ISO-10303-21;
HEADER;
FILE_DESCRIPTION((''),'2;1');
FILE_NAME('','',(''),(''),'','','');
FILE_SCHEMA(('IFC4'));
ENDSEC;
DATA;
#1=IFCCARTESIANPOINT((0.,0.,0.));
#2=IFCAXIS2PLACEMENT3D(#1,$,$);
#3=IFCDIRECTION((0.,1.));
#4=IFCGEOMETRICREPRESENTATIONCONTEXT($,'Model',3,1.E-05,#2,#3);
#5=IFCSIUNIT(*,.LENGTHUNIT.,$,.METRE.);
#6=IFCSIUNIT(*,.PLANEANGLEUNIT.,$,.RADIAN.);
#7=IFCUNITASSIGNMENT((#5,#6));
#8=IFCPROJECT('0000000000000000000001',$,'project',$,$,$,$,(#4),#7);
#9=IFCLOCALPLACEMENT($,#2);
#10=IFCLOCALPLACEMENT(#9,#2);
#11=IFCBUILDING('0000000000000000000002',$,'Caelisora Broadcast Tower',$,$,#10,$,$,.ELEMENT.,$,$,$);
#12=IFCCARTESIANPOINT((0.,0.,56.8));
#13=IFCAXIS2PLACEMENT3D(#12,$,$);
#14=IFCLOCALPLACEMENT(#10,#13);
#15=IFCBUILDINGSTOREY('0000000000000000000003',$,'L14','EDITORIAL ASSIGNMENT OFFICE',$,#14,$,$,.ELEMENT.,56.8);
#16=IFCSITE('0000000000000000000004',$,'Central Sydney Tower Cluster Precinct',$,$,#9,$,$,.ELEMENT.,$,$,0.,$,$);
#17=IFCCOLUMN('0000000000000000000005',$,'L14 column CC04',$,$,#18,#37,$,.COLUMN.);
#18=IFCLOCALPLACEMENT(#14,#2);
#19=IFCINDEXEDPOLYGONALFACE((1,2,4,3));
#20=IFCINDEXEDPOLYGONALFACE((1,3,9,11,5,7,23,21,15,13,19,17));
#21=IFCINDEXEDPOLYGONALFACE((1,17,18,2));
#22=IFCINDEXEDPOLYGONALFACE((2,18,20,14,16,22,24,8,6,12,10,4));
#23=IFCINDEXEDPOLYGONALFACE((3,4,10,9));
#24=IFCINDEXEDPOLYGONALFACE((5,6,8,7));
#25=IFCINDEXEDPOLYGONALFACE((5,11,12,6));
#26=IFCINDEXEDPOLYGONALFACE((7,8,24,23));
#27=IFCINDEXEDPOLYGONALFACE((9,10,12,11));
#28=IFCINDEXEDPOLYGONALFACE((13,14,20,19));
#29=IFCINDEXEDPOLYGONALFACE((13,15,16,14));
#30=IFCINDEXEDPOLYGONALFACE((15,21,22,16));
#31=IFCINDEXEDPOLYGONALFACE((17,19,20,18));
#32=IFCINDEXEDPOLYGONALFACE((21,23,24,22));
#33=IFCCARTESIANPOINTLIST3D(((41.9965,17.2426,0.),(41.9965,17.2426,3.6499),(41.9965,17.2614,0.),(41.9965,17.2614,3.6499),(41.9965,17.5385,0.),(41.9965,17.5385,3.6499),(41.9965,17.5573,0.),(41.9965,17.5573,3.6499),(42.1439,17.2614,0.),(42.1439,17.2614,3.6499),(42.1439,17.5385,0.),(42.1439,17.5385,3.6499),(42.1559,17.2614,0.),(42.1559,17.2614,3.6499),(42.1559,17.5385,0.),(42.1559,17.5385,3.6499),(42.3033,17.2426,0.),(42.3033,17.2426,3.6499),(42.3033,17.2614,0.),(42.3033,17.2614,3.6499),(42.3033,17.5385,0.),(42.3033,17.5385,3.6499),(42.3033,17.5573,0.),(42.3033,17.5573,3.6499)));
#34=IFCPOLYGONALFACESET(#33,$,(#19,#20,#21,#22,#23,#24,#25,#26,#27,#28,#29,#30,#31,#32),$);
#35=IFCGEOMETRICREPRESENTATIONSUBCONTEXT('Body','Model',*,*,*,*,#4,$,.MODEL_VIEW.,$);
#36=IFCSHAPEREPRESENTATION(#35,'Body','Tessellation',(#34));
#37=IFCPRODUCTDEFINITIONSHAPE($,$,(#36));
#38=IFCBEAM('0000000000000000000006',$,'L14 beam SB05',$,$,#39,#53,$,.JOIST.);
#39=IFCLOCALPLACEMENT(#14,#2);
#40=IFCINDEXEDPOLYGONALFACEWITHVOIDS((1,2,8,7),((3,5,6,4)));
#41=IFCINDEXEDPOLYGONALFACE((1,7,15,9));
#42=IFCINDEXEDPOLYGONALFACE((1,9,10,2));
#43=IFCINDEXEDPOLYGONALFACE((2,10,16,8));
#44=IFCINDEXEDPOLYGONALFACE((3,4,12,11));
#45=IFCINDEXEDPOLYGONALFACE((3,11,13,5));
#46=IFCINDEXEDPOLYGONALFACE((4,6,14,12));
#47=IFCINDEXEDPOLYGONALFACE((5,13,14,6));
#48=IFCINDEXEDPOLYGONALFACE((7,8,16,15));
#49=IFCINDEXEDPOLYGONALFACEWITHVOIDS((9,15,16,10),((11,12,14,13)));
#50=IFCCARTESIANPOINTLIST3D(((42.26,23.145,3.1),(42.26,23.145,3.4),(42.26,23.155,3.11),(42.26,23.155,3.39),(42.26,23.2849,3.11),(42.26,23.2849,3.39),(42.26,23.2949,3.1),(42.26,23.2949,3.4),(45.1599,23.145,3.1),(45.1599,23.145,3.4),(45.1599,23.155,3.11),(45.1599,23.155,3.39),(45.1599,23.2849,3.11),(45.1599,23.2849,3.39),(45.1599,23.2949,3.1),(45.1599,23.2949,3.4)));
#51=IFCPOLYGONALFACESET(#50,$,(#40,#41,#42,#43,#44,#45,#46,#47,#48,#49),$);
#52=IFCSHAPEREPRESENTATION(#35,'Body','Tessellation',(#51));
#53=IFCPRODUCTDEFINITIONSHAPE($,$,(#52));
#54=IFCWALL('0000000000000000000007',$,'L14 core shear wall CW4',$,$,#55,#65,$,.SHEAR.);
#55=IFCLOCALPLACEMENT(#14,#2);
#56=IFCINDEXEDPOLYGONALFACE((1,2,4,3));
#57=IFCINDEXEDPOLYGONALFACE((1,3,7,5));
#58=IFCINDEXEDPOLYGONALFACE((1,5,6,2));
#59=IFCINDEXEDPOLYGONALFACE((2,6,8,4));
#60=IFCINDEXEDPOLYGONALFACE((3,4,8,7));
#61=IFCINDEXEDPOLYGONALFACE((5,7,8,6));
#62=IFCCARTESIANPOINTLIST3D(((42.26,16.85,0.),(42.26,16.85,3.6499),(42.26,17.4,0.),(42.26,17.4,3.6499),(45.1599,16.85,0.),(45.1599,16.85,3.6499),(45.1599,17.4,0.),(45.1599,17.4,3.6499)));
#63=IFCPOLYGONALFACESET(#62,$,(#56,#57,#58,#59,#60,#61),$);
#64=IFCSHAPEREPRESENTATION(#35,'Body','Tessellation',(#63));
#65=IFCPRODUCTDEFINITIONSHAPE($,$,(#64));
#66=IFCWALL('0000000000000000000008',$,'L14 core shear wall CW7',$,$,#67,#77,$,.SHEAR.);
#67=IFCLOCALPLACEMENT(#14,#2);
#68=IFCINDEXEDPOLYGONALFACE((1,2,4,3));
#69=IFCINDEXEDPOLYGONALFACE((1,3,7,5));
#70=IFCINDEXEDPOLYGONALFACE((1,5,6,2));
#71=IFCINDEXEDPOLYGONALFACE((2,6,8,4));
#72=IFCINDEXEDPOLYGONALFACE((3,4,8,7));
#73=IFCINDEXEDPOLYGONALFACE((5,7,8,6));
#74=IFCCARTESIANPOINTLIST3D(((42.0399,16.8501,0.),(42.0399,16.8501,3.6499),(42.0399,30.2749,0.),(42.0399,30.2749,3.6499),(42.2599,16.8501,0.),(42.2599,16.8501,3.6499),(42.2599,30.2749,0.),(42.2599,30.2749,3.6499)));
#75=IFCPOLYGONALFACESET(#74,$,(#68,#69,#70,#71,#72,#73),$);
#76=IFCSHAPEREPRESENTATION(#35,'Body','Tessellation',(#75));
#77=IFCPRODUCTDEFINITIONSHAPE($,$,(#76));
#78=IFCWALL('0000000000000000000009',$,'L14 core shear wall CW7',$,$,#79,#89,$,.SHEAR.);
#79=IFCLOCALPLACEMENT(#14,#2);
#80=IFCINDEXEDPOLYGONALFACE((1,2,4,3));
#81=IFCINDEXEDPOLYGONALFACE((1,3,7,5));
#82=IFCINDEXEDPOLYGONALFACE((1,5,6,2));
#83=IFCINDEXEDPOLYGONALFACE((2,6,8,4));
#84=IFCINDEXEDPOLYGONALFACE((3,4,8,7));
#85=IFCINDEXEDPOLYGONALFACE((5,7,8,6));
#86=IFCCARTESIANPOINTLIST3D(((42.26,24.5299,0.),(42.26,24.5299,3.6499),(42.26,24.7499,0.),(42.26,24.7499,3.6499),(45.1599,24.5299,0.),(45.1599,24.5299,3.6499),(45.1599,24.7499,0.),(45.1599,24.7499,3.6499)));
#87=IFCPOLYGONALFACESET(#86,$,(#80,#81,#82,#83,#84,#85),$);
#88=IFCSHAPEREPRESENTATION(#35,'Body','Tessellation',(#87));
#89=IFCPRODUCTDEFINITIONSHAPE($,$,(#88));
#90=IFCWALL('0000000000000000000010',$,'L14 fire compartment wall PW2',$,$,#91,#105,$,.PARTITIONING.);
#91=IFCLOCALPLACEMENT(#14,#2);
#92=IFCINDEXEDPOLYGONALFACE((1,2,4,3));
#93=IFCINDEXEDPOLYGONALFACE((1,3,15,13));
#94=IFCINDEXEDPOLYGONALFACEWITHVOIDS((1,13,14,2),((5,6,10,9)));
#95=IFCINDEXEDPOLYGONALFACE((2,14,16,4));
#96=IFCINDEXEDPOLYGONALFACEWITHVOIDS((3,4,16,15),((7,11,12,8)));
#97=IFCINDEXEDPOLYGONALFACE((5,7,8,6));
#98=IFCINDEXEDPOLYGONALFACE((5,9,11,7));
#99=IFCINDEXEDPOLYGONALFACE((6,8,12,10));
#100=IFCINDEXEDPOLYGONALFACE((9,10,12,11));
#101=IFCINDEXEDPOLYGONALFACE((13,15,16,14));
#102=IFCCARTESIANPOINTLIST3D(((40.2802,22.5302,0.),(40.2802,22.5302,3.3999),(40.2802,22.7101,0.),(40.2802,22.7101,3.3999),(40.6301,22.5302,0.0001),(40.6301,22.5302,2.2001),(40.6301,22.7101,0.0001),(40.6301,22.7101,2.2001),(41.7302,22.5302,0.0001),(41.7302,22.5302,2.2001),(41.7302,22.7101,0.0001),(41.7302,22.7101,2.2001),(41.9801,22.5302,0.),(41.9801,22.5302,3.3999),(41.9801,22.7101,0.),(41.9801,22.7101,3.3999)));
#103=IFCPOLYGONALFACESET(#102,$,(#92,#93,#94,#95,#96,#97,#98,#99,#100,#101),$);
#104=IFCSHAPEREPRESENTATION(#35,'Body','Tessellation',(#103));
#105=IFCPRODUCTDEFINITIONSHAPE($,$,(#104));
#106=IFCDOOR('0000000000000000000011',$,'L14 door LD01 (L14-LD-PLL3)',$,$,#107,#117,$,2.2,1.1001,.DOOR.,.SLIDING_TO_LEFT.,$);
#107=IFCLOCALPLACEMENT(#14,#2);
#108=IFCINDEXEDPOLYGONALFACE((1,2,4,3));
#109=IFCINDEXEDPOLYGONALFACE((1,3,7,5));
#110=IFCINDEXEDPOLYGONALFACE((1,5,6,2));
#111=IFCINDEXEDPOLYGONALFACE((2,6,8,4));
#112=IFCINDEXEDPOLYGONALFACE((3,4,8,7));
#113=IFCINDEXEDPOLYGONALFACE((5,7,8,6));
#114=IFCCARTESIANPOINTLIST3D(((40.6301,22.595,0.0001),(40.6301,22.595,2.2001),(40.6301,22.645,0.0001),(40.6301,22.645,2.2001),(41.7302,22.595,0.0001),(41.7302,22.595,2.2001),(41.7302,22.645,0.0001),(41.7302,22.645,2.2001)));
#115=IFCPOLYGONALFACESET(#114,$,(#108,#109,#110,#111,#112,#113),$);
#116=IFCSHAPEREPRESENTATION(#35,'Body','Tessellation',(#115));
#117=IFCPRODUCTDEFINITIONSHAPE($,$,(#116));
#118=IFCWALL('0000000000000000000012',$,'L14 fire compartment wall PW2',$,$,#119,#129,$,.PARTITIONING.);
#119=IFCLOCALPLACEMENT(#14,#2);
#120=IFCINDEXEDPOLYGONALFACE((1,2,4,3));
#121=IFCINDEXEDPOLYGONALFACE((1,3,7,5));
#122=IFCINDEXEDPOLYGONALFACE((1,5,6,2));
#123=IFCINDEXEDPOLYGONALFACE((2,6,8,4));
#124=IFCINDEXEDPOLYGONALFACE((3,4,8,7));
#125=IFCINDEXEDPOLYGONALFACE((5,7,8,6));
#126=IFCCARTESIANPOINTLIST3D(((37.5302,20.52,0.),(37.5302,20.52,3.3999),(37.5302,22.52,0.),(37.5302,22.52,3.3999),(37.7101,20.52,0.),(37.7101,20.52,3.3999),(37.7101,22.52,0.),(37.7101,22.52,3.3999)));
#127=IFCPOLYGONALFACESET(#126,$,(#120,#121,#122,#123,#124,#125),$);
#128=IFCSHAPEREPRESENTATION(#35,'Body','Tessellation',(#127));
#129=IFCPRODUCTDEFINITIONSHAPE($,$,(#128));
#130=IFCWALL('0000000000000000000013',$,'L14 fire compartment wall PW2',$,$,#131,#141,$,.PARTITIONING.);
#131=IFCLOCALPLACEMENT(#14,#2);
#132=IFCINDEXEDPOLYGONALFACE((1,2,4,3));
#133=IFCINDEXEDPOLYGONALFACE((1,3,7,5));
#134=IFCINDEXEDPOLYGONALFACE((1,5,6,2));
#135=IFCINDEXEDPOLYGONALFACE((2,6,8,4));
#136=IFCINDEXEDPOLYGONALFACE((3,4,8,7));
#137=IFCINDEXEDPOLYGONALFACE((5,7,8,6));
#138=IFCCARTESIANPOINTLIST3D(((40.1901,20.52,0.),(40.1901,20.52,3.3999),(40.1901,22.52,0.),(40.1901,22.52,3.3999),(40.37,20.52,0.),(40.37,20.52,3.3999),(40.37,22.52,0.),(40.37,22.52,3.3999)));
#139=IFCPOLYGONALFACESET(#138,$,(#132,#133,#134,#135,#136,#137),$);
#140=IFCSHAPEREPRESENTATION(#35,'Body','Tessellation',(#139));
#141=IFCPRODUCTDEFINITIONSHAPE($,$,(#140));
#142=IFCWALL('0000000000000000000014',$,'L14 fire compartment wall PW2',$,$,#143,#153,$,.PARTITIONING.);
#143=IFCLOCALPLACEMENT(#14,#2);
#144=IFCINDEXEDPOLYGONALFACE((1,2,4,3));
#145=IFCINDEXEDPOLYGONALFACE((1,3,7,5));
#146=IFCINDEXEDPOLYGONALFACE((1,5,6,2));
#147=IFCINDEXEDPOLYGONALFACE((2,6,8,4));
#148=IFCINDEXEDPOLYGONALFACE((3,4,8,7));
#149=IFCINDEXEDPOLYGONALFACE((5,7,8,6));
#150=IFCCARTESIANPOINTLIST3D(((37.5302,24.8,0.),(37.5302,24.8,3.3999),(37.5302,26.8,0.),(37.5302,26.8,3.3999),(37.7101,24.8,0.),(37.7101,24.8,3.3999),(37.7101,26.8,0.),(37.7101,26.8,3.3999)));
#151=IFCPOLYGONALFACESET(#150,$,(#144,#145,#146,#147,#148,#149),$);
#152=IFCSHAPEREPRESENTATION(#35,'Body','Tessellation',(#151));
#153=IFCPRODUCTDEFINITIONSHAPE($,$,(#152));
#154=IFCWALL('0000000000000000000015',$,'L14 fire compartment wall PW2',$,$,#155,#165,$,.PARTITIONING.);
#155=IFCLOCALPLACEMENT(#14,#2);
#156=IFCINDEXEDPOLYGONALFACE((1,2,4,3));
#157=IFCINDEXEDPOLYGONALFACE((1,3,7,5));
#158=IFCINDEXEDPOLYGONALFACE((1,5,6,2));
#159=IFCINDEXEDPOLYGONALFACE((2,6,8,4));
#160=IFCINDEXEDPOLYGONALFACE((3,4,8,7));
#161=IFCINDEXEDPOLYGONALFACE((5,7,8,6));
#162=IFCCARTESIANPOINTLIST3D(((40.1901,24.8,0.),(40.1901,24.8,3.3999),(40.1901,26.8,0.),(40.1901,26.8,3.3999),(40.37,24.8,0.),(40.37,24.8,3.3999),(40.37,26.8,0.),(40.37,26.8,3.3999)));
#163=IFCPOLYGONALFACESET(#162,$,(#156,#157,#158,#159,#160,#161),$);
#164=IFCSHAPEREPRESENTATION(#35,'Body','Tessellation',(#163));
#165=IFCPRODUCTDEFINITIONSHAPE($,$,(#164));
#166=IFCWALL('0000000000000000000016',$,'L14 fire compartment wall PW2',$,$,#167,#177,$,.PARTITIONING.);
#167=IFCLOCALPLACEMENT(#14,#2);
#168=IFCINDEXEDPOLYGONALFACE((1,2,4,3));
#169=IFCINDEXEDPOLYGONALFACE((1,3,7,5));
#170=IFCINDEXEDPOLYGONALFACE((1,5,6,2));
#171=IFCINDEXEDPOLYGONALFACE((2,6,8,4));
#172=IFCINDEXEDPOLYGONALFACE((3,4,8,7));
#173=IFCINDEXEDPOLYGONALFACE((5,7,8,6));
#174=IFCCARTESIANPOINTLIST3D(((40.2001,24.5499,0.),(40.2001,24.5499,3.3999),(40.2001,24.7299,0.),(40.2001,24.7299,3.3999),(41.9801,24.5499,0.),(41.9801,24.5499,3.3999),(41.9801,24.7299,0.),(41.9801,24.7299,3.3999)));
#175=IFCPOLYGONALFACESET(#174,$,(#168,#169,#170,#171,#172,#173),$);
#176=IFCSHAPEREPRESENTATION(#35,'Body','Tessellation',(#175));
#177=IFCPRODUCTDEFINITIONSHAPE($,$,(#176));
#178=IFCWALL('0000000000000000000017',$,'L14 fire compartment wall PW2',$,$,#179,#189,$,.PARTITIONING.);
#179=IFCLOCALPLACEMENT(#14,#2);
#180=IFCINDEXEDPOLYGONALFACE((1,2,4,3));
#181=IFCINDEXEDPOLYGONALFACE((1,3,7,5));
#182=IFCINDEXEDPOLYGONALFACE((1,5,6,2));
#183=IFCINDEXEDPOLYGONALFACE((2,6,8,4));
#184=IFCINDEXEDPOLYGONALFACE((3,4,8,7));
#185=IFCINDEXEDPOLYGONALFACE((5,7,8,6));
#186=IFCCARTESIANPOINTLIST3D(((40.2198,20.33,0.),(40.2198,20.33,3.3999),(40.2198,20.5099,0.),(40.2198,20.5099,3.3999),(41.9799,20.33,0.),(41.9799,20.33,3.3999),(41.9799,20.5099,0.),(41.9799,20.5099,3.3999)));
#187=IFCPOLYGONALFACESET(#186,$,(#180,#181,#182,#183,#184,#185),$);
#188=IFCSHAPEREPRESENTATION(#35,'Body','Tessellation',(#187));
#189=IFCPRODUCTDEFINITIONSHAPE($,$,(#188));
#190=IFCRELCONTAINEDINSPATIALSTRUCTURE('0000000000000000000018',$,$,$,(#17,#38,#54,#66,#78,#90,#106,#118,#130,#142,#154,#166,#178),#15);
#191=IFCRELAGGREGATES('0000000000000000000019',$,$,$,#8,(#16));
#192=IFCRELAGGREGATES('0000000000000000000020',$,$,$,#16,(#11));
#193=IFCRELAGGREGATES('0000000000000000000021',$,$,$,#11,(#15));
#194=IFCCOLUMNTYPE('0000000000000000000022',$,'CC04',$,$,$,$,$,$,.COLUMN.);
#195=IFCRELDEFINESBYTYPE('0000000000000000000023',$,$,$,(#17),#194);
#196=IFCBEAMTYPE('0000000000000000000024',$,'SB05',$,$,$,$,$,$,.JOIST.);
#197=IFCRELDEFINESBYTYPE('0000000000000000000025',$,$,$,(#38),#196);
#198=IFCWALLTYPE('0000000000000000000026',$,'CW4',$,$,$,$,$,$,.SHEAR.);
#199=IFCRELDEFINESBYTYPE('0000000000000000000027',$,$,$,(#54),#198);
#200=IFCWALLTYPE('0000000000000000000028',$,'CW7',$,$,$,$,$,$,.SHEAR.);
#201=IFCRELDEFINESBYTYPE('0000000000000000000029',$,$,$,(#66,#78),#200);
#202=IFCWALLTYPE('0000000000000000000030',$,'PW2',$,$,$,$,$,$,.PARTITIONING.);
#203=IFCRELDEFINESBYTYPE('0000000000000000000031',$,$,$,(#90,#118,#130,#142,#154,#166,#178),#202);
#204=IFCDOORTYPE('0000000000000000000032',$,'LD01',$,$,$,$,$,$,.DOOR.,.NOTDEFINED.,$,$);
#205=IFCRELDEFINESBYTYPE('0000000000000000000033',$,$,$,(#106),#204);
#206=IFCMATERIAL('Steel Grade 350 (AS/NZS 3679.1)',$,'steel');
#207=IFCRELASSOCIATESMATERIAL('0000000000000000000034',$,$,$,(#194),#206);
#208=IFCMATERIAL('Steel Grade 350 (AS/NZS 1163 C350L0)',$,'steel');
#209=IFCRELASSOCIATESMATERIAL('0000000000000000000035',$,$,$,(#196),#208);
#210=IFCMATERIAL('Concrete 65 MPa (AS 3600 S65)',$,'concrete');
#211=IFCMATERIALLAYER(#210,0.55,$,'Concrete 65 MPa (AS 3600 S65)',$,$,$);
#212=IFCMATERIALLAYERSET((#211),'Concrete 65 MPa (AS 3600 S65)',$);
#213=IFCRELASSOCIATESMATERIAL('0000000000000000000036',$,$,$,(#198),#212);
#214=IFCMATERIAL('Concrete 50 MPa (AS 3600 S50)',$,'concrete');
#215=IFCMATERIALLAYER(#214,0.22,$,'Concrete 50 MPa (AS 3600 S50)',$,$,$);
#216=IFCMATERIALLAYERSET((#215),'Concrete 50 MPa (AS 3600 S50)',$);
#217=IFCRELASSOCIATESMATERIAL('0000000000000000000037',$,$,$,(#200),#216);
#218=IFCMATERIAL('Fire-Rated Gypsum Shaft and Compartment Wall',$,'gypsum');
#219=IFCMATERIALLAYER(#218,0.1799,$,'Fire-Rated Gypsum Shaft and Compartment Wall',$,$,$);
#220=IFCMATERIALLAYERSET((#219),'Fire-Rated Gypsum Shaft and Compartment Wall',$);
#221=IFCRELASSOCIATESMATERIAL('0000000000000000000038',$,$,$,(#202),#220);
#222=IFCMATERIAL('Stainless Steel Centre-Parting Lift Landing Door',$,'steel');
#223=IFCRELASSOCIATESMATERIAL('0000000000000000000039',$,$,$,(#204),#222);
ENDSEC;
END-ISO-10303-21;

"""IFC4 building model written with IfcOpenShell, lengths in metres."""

from ifc_helpers import new_model, si_unit, direction, frame, frame_2d, origin, origin_2d, place, context, subcontext, project, spatial, rectangle, hollow_rectangle, i_section, extrude, source, transform, mapped, material, layer, layer_set, material_profile, profile_set, type_object, type_shapes, element, fill, save


model = new_model("IFC4")

# Units and contexts
model_context = context("Model", 3, precision=1e-05, world=origin(), true_north=direction((0.0, 1.0)))
body_context = subcontext(model_context, "Body", "Model", "MODEL_VIEW")
ifc_project = project(units=[si_unit("LENGTHUNIT", "METRE"), si_unit("PLANEANGLEUNIT", "RADIAN")], contexts=[model_context])

# Site, building, storey
site_placement = place(None, origin())
site = spatial("IfcSite", under=ifc_project, at=site_placement, Name="Central Sydney Tower Cluster Precinct", CompositionType="ELEMENT", RefElevation=0.0)
building_placement = place(site_placement, origin())
building = spatial("IfcBuilding", under=site, at=building_placement, Name="Caelisora Broadcast Tower", CompositionType="ELEMENT")
storey_placement = place(building_placement, frame((0.0, 0.0, 56.8)))
storey = spatial("IfcBuildingStorey", under=building, at=storey_placement, Name="L14", Description="EDITORIAL ASSIGNMENT OFFICE", CompositionType="ELEMENT", Elevation=56.8)

# Column
ifc_material_1 = material(Name="Steel Grade 350 (AS/NZS 3679.1)", Category="steel")
ifc_material_profile_1 = material_profile(ifc_material_1, i_section(OverallWidth=0.3069, OverallDepth=0.3147, WebThickness=0.012, FlangeThickness=0.0188, at=origin_2d()), Name="Steel Grade 350 (AS/NZS 3679.1)")
ifc_profile_set_1 = profile_set([ifc_material_profile_1], Name="Steel Grade 350 (AS/NZS 3679.1)")
column_type = type_object("IfcColumnType", Name="CC04", PredefinedType="COLUMN", material=ifc_profile_set_1)
shared_shape_1 = source(origin(), body_context, "Body", "SweptSolid", [
    extrude(i_section(OverallWidth=0.3069, OverallDepth=0.3147, WebThickness=0.012, FlangeThickness=0.0188, at=origin_2d()), origin(), (0.0, 0.0, 1.0), 3.6499),
])
type_shapes(column_type, [shared_shape_1])
column_placement = place(storey_placement, frame((42.1499, 17.3999, 0.0), z_axis=(0.0, 0.0, 1.0), x_axis=(1.0, 0.0, 0.0)))
element("IfcColumn", 1, at=column_placement, inside=storey, type_object=column_type, Name="L14 column CC04", PredefinedType="COLUMN", context=body_context, shape_type="MappedRepresentation", body=[
    mapped(shared_shape_1, transform((0.0, 0.0, 0.0), scale=1.0)),
])

# Beam
ifc_material_2 = material(Name="Steel Grade 350 (AS/NZS 1163 C350L0)", Category="steel")
ifc_material_profile_2 = material_profile(ifc_material_2, hollow_rectangle(XDim=0.1499, YDim=0.3, WallThickness=0.01, at=origin_2d()), Name="Steel Grade 350 (AS/NZS 1163 C350L0)")
ifc_profile_set_2 = profile_set([ifc_material_profile_2], Name="Steel Grade 350 (AS/NZS 1163 C350L0)")
beam_type = type_object("IfcBeamType", Name="SB05", PredefinedType="JOIST", material=ifc_profile_set_2)
shared_shape_2 = source(origin(), body_context, "Body", "SweptSolid", [
    extrude(hollow_rectangle(XDim=0.1499, YDim=0.3, WallThickness=0.01, at=origin_2d()), origin(), (0.0, 0.0, 1.0), 2.8999),
])
type_shapes(beam_type, [shared_shape_2])
beam_placement = place(storey_placement, frame((42.26, 23.22, 3.25), z_axis=(1.0, 0.0, 0.0), x_axis=(0.0, 1.0, 0.0)))
element("IfcBeam", 2, at=beam_placement, inside=storey, type_object=beam_type, Name="L14 beam SB05", PredefinedType="JOIST", context=body_context, shape_type="MappedRepresentation", body=[
    mapped(shared_shape_2, transform((0.0, 0.0, 0.0), scale=1.0)),
])

# Walls
ifc_material_3 = material(Name="Concrete 65 MPa (AS 3600 S65)", Category="concrete")
ifc_layer_1 = layer(ifc_material_3, 0.55, Name="Concrete 65 MPa (AS 3600 S65)")
ifc_layer_set_1 = layer_set([ifc_layer_1], Name="Concrete 65 MPa (AS 3600 S65)")
wall_type_1 = type_object("IfcWallType", Name="CW4", PredefinedType="SHEAR", material=ifc_layer_set_1)
wall_1_placement = place(storey_placement, frame((42.26, 17.125, 0.0), z_axis=(0.0, 0.0, 1.0), x_axis=(1.0, 0.0, 0.0)))
element("IfcWall", 3, at=wall_1_placement, inside=storey, type_object=wall_type_1, Name="L14 core shear wall CW4", PredefinedType="SHEAR", context=body_context, shape_type="SweptSolid", body=[
    extrude(rectangle(XDim=2.8999, YDim=0.55, at=frame_2d((1.45, 0.0))), origin(), (0.0, 0.0, 1.0), 3.6499),
])
ifc_material_4 = material(Name="Concrete 50 MPa (AS 3600 S50)", Category="concrete")
ifc_layer_2 = layer(ifc_material_4, 0.22, Name="Concrete 50 MPa (AS 3600 S50)")
ifc_layer_set_2 = layer_set([ifc_layer_2], Name="Concrete 50 MPa (AS 3600 S50)")
wall_type_2 = type_object("IfcWallType", Name="CW7", PredefinedType="SHEAR", material=ifc_layer_set_2)
wall_2_placement = place(storey_placement, frame((42.1499, 16.8501, 0.0), z_axis=(0.0, 0.0, 1.0), x_axis=(0.0, 1.0, 0.0)))
element("IfcWall", 4, at=wall_2_placement, inside=storey, type_object=wall_type_2, Name="L14 core shear wall CW7", PredefinedType="SHEAR", context=body_context, shape_type="SweptSolid", body=[
    extrude(rectangle(XDim=13.4248, YDim=0.22, at=frame_2d((6.7124, 0.0))), origin(), (0.0, 0.0, 1.0), 3.6499),
])
wall_3_placement = place(storey_placement, frame((42.26, 24.6399, 0.0), z_axis=(0.0, 0.0, 1.0), x_axis=(1.0, 0.0, 0.0)))
element("IfcWall", 5, at=wall_3_placement, inside=storey, type_object=wall_type_2, Name="L14 core shear wall CW7", PredefinedType="SHEAR", context=body_context, shape_type="SweptSolid", body=[
    extrude(rectangle(XDim=2.8999, YDim=0.22, at=frame_2d((1.45, 0.0))), origin(), (0.0, 0.0, 1.0), 3.6499),
])

# Wall, opening, door
ifc_material_5 = material(Name="Fire-Rated Gypsum Shaft and Compartment Wall", Category="gypsum")
ifc_layer_3 = layer(ifc_material_5, 0.1799, Name="Fire-Rated Gypsum Shaft and Compartment Wall")
ifc_layer_set_3 = layer_set([ifc_layer_3], Name="Fire-Rated Gypsum Shaft and Compartment Wall")
wall_type_3 = type_object("IfcWallType", Name="PW2", PredefinedType="PARTITIONING", material=ifc_layer_set_3)
wall_4_placement = place(storey_placement, frame((40.28, 22.6201, 0.0), z_axis=(0.0, 0.0, 1.0), x_axis=(1.0, 0.0, 0.0)))
wall_4 = element("IfcWall", 6, at=wall_4_placement, inside=storey, type_object=wall_type_3, Name="L14 fire compartment wall PW2", PredefinedType="PARTITIONING", context=body_context, shape_type="SweptSolid", body=[
    extrude(rectangle(XDim=1.7, YDim=0.1799, at=frame_2d((0.8501, 0.0))), origin(), (0.0, 0.0, 1.0), 3.3999),
])
opening_1_placement = place(wall_4_placement, frame((0.3501, 0.0, 0.0)))
opening_1 = element("IfcOpeningElement", 7, at=opening_1_placement, cuts=wall_4, PredefinedType="OPENING", context=body_context, shape_type="SweptSolid", body=[
    extrude(rectangle(XDim=1.1001, YDim=2.2, at=frame_2d((0.55, 1.1001))), frame((0.0, 0.1021, 0.0), z_axis=(0.0, -1.0, 0.0), x_axis=(1.0, 0.0, 0.0)), (0.0, 0.0, 1.0), 0.2039),
])
ifc_material_6 = material(Name="Stainless Steel Centre-Parting Lift Landing Door", Category="steel")
door_type_1 = type_object("IfcDoorType", Name="LD01", OperationType="NOTDEFINED", PredefinedType="DOOR", material=ifc_material_6)
door_1_placement = place(opening_1_placement, origin())
door_1 = element("IfcDoor", 8, at=door_1_placement, inside=storey, type_object=door_type_1, Name="L14 door LD01 (L14-LD-PLL3)", OperationType="SLIDING_TO_LEFT", OverallHeight=2.2, OverallWidth=1.1001, PredefinedType="DOOR", context=body_context, shape_type="SweptSolid", body=[
    extrude(rectangle(XDim=1.1001, YDim=2.2, at=frame_2d((0.55, 1.1001))), frame((0.0, 0.0249, 0.0), z_axis=(0.0, -1.0, 0.0), x_axis=(1.0, 0.0, 0.0)), (0.0, 0.0, 1.0), 0.05),
])
fill(opening_1, door_1)

# Walls
for number, where, z_axis, x_axis, name in (
    (9, (37.6201, 20.52, 0.0), (0.0, 0.0, 1.0), (0.0, 1.0, 0.0), "L14 fire compartment wall PW2"),
    (10, (40.28, 20.52, 0.0), (0.0, 0.0, 1.0), (0.0, 1.0, 0.0), "L14 fire compartment wall PW2"),
    (11, (37.6201, 24.8, 0.0), (0.0, 0.0, 1.0), (0.0, 1.0, 0.0), "L14 fire compartment wall PW2"),
    (12, (40.28, 24.8, 0.0), (0.0, 0.0, 1.0), (0.0, 1.0, 0.0), "L14 fire compartment wall PW2"),
):
    element("IfcWall", number, at=place(storey_placement, frame(where, z_axis=z_axis, x_axis=x_axis)), inside=storey, type_object=wall_type_3, Name=name, PredefinedType="PARTITIONING", context=body_context, shape_type="SweptSolid", body=[
        extrude(rectangle(XDim=2.0, YDim=0.1799, at=frame_2d((1.0, 0.0))), origin(), (0.0, 0.0, 1.0), 3.3999),
    ])
wall_5_placement = place(storey_placement, frame((40.2, 24.6399, 0.0), z_axis=(0.0, 0.0, 1.0), x_axis=(1.0, 0.0, 0.0)))
element("IfcWall", 13, at=wall_5_placement, inside=storey, type_object=wall_type_3, Name="L14 fire compartment wall PW2", PredefinedType="PARTITIONING", context=body_context, shape_type="SweptSolid", body=[
    extrude(rectangle(XDim=1.78, YDim=0.1799, at=frame_2d((0.8901, 0.0))), origin(), (0.0, 0.0, 1.0), 3.3999),
])
wall_6_placement = place(storey_placement, frame((40.22, 20.4199, 0.0), z_axis=(0.0, 0.0, 1.0), x_axis=(1.0, 0.0, 0.0)))
element("IfcWall", 14, at=wall_6_placement, inside=storey, type_object=wall_type_3, Name="L14 fire compartment wall PW2", PredefinedType="PARTITIONING", context=body_context, shape_type="SweptSolid", body=[
    extrude(rectangle(XDim=1.76, YDim=0.1799, at=frame_2d((0.8799, 0.0))), origin(), (0.0, 0.0, 1.0), 3.3999),
])

save(model, "model.ifc")
